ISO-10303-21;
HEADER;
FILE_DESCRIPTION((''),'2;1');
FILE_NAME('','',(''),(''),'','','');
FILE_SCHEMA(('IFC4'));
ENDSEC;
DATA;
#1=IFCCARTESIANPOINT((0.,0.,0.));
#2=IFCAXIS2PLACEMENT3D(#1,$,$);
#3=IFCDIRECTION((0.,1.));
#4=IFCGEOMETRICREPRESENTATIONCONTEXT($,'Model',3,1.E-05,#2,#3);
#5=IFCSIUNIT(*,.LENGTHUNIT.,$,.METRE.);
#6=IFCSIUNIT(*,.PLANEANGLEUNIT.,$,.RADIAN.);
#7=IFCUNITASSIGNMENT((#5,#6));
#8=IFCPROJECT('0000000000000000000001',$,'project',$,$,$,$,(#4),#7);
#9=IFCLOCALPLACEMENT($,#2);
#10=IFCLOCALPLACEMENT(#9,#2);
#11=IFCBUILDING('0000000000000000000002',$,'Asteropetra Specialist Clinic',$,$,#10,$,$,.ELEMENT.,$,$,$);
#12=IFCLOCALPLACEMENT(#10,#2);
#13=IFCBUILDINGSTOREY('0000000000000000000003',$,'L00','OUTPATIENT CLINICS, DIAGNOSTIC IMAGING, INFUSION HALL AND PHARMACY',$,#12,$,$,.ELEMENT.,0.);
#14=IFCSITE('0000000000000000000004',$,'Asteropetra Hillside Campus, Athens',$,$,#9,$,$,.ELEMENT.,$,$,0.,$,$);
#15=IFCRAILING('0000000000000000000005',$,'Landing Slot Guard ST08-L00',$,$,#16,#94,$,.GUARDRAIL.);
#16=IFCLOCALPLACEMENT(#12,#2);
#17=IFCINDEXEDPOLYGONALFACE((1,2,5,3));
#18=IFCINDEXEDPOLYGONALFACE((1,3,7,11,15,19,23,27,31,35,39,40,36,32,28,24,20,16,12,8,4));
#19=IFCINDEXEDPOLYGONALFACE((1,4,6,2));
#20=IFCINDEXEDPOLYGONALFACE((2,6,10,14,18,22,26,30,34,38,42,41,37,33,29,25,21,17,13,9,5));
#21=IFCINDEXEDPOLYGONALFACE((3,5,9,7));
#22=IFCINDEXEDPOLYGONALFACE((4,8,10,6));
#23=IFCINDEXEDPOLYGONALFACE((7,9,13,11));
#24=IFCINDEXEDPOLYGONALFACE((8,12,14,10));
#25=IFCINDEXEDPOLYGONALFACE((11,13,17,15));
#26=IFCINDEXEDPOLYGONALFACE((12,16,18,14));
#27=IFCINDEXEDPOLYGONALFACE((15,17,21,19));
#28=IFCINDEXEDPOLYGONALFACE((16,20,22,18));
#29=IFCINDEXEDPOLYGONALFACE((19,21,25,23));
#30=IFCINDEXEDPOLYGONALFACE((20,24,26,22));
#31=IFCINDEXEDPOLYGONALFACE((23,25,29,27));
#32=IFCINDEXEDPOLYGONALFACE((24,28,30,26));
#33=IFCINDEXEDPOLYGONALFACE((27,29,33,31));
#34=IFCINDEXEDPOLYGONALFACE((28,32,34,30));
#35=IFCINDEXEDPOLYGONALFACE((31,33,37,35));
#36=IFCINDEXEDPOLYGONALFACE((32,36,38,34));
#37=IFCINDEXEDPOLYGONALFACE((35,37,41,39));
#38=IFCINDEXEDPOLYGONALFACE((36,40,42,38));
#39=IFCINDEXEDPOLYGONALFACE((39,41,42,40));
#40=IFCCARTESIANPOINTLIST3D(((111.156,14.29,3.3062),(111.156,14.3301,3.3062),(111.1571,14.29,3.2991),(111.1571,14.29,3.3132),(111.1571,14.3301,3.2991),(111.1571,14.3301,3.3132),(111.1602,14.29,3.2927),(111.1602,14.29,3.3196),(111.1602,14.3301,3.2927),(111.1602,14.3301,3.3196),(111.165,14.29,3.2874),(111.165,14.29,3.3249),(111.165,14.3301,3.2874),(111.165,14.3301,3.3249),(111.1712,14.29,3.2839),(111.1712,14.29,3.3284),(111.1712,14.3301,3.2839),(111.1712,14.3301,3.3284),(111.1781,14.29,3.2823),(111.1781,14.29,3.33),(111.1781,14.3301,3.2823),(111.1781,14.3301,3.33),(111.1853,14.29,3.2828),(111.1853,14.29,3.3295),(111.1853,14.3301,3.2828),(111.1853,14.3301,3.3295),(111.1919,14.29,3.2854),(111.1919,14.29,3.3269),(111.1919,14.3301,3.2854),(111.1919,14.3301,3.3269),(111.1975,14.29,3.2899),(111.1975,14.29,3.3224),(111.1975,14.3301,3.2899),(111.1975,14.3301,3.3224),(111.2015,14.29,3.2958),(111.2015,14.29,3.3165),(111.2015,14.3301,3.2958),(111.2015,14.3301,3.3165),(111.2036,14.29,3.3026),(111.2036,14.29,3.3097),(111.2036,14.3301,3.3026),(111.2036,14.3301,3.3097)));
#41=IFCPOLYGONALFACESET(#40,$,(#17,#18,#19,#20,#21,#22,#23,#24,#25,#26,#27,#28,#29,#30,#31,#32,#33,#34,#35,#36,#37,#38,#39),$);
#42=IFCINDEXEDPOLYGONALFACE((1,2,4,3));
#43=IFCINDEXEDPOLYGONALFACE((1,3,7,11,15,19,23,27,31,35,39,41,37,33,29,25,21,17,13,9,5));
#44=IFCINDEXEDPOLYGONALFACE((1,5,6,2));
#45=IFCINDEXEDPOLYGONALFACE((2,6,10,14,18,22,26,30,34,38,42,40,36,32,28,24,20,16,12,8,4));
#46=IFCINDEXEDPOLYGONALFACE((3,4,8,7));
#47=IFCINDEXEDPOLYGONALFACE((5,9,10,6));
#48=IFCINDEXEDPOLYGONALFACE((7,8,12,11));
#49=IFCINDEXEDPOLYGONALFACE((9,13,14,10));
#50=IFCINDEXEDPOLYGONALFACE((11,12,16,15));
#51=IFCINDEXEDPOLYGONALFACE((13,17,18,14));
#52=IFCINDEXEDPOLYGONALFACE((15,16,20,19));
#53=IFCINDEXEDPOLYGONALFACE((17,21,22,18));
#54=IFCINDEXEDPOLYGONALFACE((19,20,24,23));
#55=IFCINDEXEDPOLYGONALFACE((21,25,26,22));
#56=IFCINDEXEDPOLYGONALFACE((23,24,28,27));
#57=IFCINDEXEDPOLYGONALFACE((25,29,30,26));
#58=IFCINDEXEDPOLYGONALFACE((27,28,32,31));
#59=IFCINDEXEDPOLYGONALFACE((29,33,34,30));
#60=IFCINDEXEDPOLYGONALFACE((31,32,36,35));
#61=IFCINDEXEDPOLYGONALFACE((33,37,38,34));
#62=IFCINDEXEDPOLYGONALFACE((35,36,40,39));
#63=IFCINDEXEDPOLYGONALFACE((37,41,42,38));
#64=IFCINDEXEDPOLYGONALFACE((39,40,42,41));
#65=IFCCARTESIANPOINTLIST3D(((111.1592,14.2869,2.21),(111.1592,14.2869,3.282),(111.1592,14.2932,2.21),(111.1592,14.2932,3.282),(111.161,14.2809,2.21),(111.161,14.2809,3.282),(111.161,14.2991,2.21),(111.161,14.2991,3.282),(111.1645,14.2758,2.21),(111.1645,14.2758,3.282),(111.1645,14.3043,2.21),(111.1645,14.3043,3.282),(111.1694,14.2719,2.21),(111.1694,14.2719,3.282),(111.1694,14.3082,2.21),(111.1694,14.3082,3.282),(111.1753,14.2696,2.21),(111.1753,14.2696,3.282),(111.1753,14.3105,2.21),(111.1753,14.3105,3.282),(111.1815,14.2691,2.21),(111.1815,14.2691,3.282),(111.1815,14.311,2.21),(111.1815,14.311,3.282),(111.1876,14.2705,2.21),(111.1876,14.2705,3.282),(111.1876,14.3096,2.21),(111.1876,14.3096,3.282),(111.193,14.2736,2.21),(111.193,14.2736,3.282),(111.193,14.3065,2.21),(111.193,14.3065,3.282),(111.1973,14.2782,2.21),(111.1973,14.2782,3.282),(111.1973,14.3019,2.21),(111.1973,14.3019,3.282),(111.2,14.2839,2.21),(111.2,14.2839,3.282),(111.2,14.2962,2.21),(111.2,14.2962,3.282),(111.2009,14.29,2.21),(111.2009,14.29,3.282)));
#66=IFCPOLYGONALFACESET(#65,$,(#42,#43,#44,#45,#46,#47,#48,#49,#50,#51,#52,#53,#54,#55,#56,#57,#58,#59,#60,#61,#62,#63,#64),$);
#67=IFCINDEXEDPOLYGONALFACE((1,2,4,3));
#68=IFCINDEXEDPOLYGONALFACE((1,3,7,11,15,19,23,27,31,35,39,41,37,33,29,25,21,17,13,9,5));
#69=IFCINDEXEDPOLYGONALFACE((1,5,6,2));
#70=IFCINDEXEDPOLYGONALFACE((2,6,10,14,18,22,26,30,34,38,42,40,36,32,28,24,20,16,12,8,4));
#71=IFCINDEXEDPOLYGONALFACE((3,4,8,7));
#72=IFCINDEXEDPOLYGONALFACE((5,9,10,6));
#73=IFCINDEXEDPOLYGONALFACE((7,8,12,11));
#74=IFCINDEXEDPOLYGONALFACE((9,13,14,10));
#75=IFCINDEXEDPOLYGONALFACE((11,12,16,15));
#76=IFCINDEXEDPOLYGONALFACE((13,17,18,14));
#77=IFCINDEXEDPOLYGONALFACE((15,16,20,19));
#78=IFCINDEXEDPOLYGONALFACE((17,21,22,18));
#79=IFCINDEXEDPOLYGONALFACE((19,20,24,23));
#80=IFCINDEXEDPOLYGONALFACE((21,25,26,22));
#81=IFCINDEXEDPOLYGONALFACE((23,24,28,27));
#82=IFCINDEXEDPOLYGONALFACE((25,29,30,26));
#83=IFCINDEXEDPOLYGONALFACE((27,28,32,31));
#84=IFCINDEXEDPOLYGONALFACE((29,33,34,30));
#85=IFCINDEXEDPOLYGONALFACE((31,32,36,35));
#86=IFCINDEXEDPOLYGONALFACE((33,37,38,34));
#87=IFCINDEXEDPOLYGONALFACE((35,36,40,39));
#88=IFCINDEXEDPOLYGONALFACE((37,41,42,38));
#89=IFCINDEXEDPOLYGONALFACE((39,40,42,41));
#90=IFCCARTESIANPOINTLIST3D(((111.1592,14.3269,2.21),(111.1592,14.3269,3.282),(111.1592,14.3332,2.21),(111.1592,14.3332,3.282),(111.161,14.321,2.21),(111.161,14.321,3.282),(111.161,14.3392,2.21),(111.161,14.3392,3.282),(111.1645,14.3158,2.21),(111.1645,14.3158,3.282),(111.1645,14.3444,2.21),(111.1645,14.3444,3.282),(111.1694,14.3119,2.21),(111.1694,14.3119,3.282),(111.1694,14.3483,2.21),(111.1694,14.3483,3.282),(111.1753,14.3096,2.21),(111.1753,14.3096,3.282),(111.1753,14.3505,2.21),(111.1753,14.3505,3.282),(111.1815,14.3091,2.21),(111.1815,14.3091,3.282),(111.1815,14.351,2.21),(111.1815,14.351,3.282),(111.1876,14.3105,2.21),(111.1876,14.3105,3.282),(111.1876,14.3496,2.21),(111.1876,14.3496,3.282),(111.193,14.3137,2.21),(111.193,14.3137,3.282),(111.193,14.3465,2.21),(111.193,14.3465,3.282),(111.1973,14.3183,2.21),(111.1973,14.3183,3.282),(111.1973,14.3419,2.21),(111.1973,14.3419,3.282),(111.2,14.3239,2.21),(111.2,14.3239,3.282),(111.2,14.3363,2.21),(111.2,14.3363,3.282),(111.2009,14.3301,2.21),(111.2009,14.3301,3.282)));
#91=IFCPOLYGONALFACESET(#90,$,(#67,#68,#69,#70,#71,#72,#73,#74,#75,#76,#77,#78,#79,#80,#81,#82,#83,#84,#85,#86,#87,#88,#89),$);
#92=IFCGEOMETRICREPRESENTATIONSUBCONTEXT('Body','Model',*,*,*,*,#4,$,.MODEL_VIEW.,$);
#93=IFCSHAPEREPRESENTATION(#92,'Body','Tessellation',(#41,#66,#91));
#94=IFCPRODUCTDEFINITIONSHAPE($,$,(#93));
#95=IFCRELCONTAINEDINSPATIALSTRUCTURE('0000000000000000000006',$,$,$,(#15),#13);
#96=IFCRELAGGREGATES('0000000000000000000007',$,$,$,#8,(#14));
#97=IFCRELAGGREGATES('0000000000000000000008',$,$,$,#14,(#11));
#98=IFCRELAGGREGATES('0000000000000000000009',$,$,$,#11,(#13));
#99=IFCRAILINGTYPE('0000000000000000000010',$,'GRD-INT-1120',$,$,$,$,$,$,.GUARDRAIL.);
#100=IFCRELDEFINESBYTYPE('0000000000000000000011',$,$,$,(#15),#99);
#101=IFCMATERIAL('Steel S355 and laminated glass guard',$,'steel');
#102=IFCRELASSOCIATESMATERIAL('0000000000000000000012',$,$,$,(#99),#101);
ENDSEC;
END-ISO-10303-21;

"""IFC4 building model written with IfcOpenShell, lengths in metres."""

from ifc_helpers import new_model, si_unit, direction, frame, origin, origin_2d, place, context, subcontext, project, spatial, circle, extrude, material, type_object, element, save


model = new_model("IFC4")

# Units and contexts
model_context = context("Model", 3, precision=1e-05, world=origin(), true_north=direction((0.0, 1.0)))
body_context = subcontext(model_context, "Body", "Model", "MODEL_VIEW")
ifc_project = project(units=[si_unit("LENGTHUNIT", "METRE"), si_unit("PLANEANGLEUNIT", "RADIAN")], contexts=[model_context])

# Site, building, storey
site_placement = place(None, origin())
site = spatial("IfcSite", under=ifc_project, at=site_placement, Name="Asteropetra Hillside Campus, Athens", CompositionType="ELEMENT", RefElevation=0.0)
building_placement = place(site_placement, origin())
building = spatial("IfcBuilding", under=site, at=building_placement, Name="Asteropetra Specialist Clinic", CompositionType="ELEMENT")
storey_placement = place(building_placement, origin())
storey = spatial("IfcBuildingStorey", under=building, at=storey_placement, Name="L00", Description="OUTPATIENT CLINICS, DIAGNOSTIC IMAGING, INFUSION HALL AND PHARMACY", CompositionType="ELEMENT", Elevation=0.0)

# Railing
ifc_material_1 = material(Name="Steel S355 and laminated glass guard", Category="steel")
railing_type_1 = type_object("IfcRailingType", Name="GRD-INT-1120", PredefinedType="GUARDRAIL", material=ifc_material_1)
railing_1_placement = place(storey_placement, frame((111.1799, 14.29, 2.21)))
element("IfcRailing", 1, at=railing_1_placement, inside=storey, type_object=railing_type_1, Name="Landing Slot Guard ST08-L00", PredefinedType="GUARDRAIL", context=body_context, shape_type="SweptSolid", body=[
    extrude(circle(Radius=0.0239, at=origin_2d()), frame((0.0, 0.0, 1.0962), z_axis=(0.0, 1.0, 0.0), x_axis=(-1.0, 0.0, 0.0)), (0.0, 0.0, 1.0), 0.04),
    extrude(circle(Radius=0.021, at=origin_2d()), origin(), (0.0, 0.0, 1.0), 1.072),
    extrude(circle(Radius=0.021, at=origin_2d()), frame((0.0, 0.04, 0.0)), (0.0, 0.0, 1.0), 1.072),
])

save(model, "model.ifc")
